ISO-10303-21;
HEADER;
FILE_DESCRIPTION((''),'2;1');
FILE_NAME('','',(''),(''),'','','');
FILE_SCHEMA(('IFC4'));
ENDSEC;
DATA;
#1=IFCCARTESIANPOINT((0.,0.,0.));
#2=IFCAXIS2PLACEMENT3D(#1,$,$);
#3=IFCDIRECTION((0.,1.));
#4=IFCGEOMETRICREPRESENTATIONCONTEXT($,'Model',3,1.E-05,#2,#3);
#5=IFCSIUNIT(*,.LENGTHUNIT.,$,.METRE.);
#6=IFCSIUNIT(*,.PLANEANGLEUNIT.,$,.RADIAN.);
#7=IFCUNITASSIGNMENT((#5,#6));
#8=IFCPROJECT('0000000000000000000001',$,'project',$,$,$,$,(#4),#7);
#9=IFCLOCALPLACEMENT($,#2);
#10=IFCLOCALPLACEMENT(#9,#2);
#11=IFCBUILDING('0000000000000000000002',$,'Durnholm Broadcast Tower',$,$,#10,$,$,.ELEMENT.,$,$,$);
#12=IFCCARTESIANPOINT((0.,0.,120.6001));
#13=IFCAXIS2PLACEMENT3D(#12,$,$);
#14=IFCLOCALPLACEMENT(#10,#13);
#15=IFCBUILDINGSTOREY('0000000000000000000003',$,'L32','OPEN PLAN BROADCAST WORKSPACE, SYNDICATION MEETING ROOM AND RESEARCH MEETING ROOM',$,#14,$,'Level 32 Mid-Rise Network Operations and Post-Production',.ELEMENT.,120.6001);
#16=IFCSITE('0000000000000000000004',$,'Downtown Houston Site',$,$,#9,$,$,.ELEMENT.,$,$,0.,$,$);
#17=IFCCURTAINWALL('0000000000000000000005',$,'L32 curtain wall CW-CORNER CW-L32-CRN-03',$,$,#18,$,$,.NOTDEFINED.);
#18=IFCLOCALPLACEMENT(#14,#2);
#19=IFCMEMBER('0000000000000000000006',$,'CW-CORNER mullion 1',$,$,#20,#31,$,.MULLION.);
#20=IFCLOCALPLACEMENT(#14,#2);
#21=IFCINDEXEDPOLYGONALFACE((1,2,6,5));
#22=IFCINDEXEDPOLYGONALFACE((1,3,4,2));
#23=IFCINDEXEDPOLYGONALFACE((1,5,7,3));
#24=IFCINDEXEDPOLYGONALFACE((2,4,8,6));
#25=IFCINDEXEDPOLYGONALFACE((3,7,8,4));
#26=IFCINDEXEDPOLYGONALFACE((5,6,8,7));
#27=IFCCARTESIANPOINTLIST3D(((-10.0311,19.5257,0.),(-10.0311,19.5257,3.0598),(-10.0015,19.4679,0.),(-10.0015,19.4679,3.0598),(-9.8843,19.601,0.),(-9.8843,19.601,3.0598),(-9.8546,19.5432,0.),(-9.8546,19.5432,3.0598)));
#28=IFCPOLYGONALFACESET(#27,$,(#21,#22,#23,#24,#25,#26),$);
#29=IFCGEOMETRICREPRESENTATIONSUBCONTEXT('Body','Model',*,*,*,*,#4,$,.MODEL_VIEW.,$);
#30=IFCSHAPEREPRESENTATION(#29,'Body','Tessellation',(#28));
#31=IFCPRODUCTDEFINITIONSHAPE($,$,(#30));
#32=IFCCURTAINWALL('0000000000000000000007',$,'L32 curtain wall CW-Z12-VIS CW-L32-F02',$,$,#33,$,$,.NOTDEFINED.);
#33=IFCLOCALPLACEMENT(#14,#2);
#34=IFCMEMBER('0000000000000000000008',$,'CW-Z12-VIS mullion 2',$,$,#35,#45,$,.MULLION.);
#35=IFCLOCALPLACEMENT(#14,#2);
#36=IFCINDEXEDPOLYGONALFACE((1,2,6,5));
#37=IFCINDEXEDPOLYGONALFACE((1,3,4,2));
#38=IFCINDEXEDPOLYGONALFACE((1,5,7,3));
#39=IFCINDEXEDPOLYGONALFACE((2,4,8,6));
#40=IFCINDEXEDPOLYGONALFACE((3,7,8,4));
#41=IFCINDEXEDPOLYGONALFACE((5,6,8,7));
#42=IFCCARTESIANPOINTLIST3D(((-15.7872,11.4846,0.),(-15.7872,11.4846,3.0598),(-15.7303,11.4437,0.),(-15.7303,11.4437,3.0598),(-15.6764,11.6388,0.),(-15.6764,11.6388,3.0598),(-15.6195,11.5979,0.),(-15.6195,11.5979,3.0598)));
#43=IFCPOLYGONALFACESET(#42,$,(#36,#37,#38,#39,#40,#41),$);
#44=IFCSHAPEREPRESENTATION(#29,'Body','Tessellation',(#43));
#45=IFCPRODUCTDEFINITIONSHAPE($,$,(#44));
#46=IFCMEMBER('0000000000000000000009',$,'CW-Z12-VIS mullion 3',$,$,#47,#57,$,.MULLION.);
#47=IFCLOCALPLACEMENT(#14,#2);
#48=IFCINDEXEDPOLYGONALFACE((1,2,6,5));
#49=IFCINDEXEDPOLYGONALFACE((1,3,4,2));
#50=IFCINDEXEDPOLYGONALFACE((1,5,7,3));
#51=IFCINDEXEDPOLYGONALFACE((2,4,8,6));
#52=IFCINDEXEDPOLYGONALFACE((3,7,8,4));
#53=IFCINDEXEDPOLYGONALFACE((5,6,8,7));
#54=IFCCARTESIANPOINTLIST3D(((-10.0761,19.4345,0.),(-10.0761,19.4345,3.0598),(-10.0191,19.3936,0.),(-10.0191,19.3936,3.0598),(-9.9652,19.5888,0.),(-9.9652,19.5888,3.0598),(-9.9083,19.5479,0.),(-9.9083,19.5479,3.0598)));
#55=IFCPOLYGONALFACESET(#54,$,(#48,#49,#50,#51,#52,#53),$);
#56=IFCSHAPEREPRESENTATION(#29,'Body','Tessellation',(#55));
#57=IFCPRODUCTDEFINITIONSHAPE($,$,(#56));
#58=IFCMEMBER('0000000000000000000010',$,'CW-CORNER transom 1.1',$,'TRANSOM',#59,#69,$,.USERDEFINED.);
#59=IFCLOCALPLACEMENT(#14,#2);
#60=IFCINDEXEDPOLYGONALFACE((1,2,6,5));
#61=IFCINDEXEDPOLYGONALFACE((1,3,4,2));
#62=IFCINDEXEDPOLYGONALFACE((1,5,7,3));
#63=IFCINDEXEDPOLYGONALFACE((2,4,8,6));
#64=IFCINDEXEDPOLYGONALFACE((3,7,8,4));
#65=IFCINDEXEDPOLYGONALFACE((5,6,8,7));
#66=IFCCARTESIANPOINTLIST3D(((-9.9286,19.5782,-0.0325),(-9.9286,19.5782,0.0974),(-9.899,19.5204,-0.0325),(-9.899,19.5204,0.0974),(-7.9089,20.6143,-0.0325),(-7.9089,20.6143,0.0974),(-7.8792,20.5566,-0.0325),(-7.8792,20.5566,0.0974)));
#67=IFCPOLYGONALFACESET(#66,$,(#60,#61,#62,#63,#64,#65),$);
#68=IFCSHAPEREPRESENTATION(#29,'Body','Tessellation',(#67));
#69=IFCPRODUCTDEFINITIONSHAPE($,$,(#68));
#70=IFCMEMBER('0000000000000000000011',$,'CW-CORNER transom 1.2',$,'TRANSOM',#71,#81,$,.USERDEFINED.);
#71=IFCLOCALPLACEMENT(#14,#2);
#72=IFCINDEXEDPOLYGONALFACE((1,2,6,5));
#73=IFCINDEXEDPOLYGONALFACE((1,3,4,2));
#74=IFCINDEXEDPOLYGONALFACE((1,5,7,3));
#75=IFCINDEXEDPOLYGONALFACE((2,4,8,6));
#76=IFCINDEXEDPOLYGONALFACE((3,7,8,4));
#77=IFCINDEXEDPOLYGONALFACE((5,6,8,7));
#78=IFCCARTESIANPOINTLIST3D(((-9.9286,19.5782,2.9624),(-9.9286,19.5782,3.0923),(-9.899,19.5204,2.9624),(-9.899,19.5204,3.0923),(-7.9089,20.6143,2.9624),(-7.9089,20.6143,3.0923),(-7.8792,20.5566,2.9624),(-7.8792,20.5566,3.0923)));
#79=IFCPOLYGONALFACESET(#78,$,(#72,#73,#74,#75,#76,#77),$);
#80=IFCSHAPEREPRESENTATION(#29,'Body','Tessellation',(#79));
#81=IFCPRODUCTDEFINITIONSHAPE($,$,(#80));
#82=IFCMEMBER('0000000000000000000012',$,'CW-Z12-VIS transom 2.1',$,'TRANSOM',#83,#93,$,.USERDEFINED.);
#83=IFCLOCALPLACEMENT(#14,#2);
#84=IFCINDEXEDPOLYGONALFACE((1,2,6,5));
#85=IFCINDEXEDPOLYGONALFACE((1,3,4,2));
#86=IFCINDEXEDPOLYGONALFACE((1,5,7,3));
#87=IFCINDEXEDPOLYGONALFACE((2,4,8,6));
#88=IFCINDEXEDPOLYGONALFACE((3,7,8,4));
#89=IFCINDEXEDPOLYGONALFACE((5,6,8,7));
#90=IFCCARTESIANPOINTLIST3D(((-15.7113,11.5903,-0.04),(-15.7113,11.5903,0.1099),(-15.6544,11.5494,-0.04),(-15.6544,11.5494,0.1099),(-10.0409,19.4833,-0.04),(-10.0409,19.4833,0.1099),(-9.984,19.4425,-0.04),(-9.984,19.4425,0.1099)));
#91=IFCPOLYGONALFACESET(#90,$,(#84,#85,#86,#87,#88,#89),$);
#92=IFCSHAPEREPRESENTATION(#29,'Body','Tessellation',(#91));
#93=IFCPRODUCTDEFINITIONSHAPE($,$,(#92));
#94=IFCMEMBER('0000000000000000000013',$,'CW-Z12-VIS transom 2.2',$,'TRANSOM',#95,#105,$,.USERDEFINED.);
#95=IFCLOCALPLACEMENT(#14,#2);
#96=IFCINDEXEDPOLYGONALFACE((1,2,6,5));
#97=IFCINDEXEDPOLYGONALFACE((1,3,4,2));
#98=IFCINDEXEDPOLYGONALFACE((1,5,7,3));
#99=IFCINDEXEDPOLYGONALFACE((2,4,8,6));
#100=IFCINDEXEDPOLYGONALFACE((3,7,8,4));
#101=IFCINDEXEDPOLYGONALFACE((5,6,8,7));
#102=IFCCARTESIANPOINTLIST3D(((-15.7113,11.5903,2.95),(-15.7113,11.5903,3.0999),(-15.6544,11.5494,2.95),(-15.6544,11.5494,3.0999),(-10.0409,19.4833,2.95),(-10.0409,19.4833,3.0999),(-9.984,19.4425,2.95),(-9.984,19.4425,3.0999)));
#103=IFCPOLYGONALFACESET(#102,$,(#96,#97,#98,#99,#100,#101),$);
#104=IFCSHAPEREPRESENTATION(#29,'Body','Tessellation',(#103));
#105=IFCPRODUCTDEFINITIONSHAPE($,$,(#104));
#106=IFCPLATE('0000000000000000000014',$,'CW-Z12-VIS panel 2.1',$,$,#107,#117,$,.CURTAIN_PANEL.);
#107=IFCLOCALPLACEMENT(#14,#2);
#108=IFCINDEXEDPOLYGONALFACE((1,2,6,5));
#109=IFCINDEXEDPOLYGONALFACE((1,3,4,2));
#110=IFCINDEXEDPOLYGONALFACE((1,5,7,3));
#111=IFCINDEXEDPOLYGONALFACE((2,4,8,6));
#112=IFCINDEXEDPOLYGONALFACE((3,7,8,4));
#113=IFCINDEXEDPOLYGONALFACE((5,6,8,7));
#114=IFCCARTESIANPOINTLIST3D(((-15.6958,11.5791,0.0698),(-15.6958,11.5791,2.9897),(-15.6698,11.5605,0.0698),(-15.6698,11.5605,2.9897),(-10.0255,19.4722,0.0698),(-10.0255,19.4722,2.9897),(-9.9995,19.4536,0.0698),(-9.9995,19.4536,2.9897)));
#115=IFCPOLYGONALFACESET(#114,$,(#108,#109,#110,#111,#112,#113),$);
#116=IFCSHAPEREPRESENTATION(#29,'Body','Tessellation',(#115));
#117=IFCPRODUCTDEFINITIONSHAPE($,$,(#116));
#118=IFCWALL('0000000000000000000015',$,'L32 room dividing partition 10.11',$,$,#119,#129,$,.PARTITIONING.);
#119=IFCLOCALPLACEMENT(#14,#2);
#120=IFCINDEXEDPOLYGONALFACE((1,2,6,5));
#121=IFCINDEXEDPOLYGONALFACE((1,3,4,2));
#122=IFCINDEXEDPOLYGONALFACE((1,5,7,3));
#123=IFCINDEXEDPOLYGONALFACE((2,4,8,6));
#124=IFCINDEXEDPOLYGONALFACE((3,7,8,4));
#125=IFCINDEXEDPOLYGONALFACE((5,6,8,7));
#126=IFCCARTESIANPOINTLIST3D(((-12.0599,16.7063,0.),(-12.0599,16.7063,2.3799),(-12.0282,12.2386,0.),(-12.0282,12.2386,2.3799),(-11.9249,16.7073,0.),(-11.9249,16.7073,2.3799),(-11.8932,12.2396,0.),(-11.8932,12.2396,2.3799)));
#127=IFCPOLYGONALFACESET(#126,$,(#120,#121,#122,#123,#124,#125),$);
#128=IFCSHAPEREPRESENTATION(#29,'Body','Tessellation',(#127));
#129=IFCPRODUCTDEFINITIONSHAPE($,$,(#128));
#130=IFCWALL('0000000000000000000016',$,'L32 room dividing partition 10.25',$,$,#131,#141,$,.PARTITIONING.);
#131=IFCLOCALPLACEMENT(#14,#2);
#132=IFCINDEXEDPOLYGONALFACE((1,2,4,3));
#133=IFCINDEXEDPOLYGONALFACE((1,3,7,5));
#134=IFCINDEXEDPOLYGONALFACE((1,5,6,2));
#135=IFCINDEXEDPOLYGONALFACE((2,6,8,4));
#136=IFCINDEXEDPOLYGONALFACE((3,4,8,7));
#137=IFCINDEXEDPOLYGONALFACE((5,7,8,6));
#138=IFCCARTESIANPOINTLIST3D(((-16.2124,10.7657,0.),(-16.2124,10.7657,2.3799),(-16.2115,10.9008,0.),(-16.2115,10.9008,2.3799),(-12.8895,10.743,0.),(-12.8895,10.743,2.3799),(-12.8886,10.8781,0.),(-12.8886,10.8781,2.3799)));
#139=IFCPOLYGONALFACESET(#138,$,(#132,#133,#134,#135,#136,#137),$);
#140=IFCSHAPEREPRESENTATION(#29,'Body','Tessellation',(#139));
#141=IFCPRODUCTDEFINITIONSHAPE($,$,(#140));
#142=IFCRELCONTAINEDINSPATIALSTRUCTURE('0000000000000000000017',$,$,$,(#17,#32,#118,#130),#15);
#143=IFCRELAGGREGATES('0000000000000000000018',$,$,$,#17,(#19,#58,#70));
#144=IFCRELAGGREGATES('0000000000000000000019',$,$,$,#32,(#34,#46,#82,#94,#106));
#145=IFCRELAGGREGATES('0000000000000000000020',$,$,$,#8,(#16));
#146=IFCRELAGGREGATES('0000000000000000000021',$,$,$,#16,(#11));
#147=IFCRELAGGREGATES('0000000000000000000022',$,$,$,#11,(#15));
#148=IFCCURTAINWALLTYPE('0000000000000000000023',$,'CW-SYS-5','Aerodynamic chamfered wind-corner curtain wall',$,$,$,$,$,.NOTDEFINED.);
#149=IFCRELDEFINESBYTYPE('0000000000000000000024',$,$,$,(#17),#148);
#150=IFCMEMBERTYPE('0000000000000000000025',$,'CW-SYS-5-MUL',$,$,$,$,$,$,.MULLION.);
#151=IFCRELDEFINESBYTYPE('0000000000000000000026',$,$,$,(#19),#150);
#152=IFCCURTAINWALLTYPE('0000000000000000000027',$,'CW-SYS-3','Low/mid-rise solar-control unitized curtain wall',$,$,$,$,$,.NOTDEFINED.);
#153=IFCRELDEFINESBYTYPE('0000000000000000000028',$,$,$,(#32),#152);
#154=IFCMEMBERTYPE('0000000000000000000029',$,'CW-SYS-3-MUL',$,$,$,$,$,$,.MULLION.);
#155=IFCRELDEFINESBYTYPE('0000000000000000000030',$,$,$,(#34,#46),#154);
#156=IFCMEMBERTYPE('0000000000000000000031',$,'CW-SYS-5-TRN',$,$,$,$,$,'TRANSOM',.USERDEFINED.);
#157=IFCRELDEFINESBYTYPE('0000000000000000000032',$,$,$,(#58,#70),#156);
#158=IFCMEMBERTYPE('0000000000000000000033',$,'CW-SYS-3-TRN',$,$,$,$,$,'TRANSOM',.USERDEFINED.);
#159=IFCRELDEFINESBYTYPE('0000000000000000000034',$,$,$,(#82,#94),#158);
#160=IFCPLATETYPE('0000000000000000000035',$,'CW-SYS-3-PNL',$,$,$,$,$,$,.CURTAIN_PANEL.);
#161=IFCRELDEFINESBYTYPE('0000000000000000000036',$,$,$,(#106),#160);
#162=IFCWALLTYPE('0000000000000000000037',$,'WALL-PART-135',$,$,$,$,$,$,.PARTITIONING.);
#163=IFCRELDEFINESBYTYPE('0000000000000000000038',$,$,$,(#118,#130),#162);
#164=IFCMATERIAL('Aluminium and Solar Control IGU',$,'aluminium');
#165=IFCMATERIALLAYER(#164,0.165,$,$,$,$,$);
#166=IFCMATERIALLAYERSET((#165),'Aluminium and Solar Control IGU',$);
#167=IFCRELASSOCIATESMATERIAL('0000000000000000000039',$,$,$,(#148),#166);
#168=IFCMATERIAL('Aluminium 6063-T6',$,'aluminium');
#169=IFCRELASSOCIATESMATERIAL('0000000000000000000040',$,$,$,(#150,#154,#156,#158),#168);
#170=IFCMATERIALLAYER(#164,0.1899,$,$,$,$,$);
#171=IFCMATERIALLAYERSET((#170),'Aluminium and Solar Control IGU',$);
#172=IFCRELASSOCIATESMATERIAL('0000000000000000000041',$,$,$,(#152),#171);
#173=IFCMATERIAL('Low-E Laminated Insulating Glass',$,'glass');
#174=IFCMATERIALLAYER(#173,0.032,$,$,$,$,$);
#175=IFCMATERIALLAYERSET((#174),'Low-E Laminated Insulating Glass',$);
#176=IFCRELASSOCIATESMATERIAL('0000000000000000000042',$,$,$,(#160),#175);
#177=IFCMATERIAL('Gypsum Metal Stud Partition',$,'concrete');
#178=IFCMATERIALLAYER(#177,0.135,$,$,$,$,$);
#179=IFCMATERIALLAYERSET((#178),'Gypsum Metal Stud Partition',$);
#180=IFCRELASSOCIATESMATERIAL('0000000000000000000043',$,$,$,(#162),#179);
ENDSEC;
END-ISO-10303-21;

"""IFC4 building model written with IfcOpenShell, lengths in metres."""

from ifc_helpers import new_model, si_unit, direction, frame, frame_2d, origin, origin_2d, place, context, subcontext, project, spatial, rectangle, extrude, source, transform, mapped, material, layer, layer_set, material_profile, profile_set, type_object, type_shapes, element, aggregate, save


model = new_model("IFC4")

# Units and contexts
model_context = context("Model", 3, precision=1e-05, world=origin(), true_north=direction((0.0, 1.0)))
body_context = subcontext(model_context, "Body", "Model", "MODEL_VIEW")
ifc_project = project(units=[si_unit("LENGTHUNIT", "METRE"), si_unit("PLANEANGLEUNIT", "RADIAN")], contexts=[model_context])

# Site, building, storey
site_placement = place(None, origin())
site = spatial("IfcSite", under=ifc_project, at=site_placement, Name="Downtown Houston Site", CompositionType="ELEMENT", RefElevation=0.0)
building_placement = place(site_placement, origin())
building = spatial("IfcBuilding", under=site, at=building_placement, Name="Durnholm Broadcast Tower", CompositionType="ELEMENT")
storey_placement = place(building_placement, frame((0.0, 0.0, 120.6001)))
storey = spatial("IfcBuildingStorey", under=building, at=storey_placement, Name="L32", Description="OPEN PLAN BROADCAST WORKSPACE, SYNDICATION MEETING ROOM AND RESEARCH MEETING ROOM", LongName="Level 32 Mid-Rise Network Operations and Post-Production", CompositionType="ELEMENT", Elevation=120.6001)

# Curtain wall, member
ifc_material_1 = material(Name="Aluminium and Solar Control IGU", Category="aluminium")
ifc_layer_1 = layer(ifc_material_1, 0.165)
ifc_layer_set_1 = layer_set([ifc_layer_1], Name="Aluminium and Solar Control IGU")
curtain_wall_type_1 = type_object("IfcCurtainWallType", Name="CW-SYS-5", Description="Aerodynamic chamfered wind-corner curtain wall", PredefinedType="NOTDEFINED", material=ifc_layer_set_1)
curtain_wall_1_placement = place(storey_placement, origin())
curtain_wall_1 = element("IfcCurtainWall", 1, at=curtain_wall_1_placement, inside=storey, type_object=curtain_wall_type_1, Name="L32 curtain wall CW-CORNER CW-L32-CRN-03", PredefinedType="NOTDEFINED")
ifc_material_2 = material(Name="Aluminium 6063-T6", Category="aluminium")
ifc_material_profile_1 = material_profile(ifc_material_2, rectangle(XDim=0.0649, YDim=0.165, at=origin_2d()), Name="CWM65X165")
ifc_profile_set_1 = profile_set([ifc_material_profile_1], Name="Aluminium 6063-T6")
member_type_1 = type_object("IfcMemberType", Name="CW-SYS-5-MUL", PredefinedType="MULLION", material=ifc_profile_set_1)
shared_shape_1 = source(origin(), body_context, "Body", "SweptSolid", [
    extrude(rectangle(XDim=0.0649, YDim=0.165, at=origin_2d()), origin(), (0.0, 0.0, 1.0), 3.0598),
])
type_shapes(member_type_1, [shared_shape_1])
member_1_placement = place(storey_placement, frame((-9.9429, 19.5344, 0.0), z_axis=(0.0, 0.0, 1.0), x_axis=(-0.456373, 0.889788, 0.0)))
member_1 = element("IfcMember", 2, at=member_1_placement, type_object=member_type_1, Name="CW-CORNER mullion 1", PredefinedType="MULLION", context=body_context, shape_type="MappedRepresentation", body=[
    mapped(shared_shape_1, transform((0.0, 0.0, 0.0), x_axis=(1.0, 0.0, 0.0), y_axis=(0.0, 1.0, 0.0), z_axis=(0.0, 0.0, 1.0), scale=1.0)),
])

# Curtain wall, members
ifc_layer_2 = layer(ifc_material_1, 0.1899)
ifc_layer_set_2 = layer_set([ifc_layer_2], Name="Aluminium and Solar Control IGU")
curtain_wall_type_2 = type_object("IfcCurtainWallType", Name="CW-SYS-3", Description="Low/mid-rise solar-control unitized curtain wall", PredefinedType="NOTDEFINED", material=ifc_layer_set_2)
curtain_wall_2_placement = place(storey_placement, origin())
curtain_wall_2 = element("IfcCurtainWall", 3, at=curtain_wall_2_placement, inside=storey, type_object=curtain_wall_type_2, Name="L32 curtain wall CW-Z12-VIS CW-L32-F02", PredefinedType="NOTDEFINED")
ifc_material_profile_2 = material_profile(ifc_material_2, rectangle(XDim=0.0701, YDim=0.1899, at=origin_2d()), Name="CWM70X190")
ifc_profile_set_2 = profile_set([ifc_material_profile_2], Name="Aluminium 6063-T6")
member_type_2 = type_object("IfcMemberType", Name="CW-SYS-3-MUL", PredefinedType="MULLION", material=ifc_profile_set_2)
shared_shape_2 = source(origin(), body_context, "Body", "SweptSolid", [
    extrude(rectangle(XDim=0.0701, YDim=0.1899, at=origin_2d()), origin(), (0.0, 0.0, 1.0), 3.0598),
])
type_shapes(member_type_2, [shared_shape_2])
member_2_placement = place(storey_placement, frame((-15.7034, 11.5413, 0.0), z_axis=(0.0, 0.0, 1.0), x_axis=(-0.812152, 0.583445, 0.0)))
member_2 = element("IfcMember", 4, at=member_2_placement, type_object=member_type_2, Name="CW-Z12-VIS mullion 2", PredefinedType="MULLION", context=body_context, shape_type="MappedRepresentation", body=[
    mapped(shared_shape_2, transform((0.0, 0.0, 0.0), x_axis=(1.0, 0.0, 0.0), y_axis=(0.0, 1.0, 0.0), z_axis=(0.0, 0.0, 1.0), scale=1.0)),
])
member_3_placement = place(storey_placement, frame((-9.9922, 19.4912, 0.0), z_axis=(0.0, 0.0, 1.0), x_axis=(-0.812152, 0.583445, 0.0)))
member_3 = element("IfcMember", 5, at=member_3_placement, type_object=member_type_2, Name="CW-Z12-VIS mullion 3", PredefinedType="MULLION", context=body_context, shape_type="MappedRepresentation", body=[
    mapped(shared_shape_2, transform((0.0, 0.0, 0.0), x_axis=(1.0, 0.0, 0.0), y_axis=(0.0, 1.0, 0.0), z_axis=(0.0, 0.0, 1.0), scale=1.0)),
])

# Members
ifc_material_profile_3 = material_profile(ifc_material_2, rectangle(XDim=0.0649, YDim=0.1299, at=origin_2d()), Name="CWT65X130")
ifc_profile_set_3 = profile_set([ifc_material_profile_3], Name="Aluminium 6063-T6")
member_type_3 = type_object("IfcMemberType", Name="CW-SYS-5-TRN", ElementType="TRANSOM", PredefinedType="USERDEFINED", material=ifc_profile_set_3)
shared_shape_3 = source(origin(), body_context, "Body", "SweptSolid", [
    extrude(rectangle(XDim=0.0649, YDim=0.1299, at=origin_2d()), origin(), (0.0, 0.0, 1.0), 2.27),
])
type_shapes(member_type_3, [shared_shape_3])
member_4_placement = place(storey_placement, frame((-9.9138, 19.5493, 0.0325), z_axis=(0.889755, 0.456439, 0.0), x_axis=(-0.456439, 0.889755, 0.0)))
member_4 = element("IfcMember", 6, at=member_4_placement, type_object=member_type_3, Name="CW-CORNER transom 1.1", ObjectType="TRANSOM", PredefinedType="USERDEFINED", context=body_context, shape_type="MappedRepresentation", body=[
    mapped(shared_shape_3, transform((0.0, 0.0, 0.0), x_axis=(1.0, 0.0, 0.0), y_axis=(0.0, 1.0, 0.0), z_axis=(0.0, 0.0, 1.0), scale=1.0)),
])
member_5_placement = place(storey_placement, frame((-9.9138, 19.5493, 3.0273), z_axis=(0.889755, 0.456439, 0.0), x_axis=(-0.456439, 0.889755, 0.0)))
member_5 = element("IfcMember", 7, at=member_5_placement, type_object=member_type_3, Name="CW-CORNER transom 1.2", ObjectType="TRANSOM", PredefinedType="USERDEFINED", context=body_context, shape_type="MappedRepresentation", body=[
    mapped(shared_shape_3, transform((0.0, 0.0, 0.0), x_axis=(1.0, 0.0, 0.0), y_axis=(0.0, 1.0, 0.0), z_axis=(0.0, 0.0, 1.0), scale=1.0)),
])
aggregate(curtain_wall_1, [member_1, member_4, member_5])
ifc_material_profile_4 = material_profile(ifc_material_2, rectangle(XDim=0.0701, YDim=0.1499, at=origin_2d()), Name="CWT70X150")
ifc_profile_set_4 = profile_set([ifc_material_profile_4], Name="Aluminium 6063-T6")
member_type_4 = type_object("IfcMemberType", Name="CW-SYS-3-TRN", ElementType="TRANSOM", PredefinedType="USERDEFINED", material=ifc_profile_set_4)
shared_shape_4 = source(origin(), body_context, "Body", "SweptSolid", [
    extrude(rectangle(XDim=0.0701, YDim=0.1499, at=origin_2d()), origin(), (0.0, 0.0, 1.0), 9.7188),
])
type_shapes(member_type_4, [shared_shape_4])
member_6_placement = place(storey_placement, frame((-15.6829, 11.5698, 0.0349), z_axis=(0.583451, 0.812149, 0.0), x_axis=(-0.812149, 0.583451, 0.0)))
member_6 = element("IfcMember", 8, at=member_6_placement, type_object=member_type_4, Name="CW-Z12-VIS transom 2.1", ObjectType="TRANSOM", PredefinedType="USERDEFINED", context=body_context, shape_type="MappedRepresentation", body=[
    mapped(shared_shape_4, transform((0.0, 0.0, 0.0), x_axis=(1.0, 0.0, 0.0), y_axis=(0.0, 1.0, 0.0), z_axis=(0.0, 0.0, 1.0), scale=1.0)),
])
member_7_placement = place(storey_placement, frame((-15.6829, 11.5698, 3.0249), z_axis=(0.583451, 0.812149, 0.0), x_axis=(-0.812149, 0.583451, 0.0)))
member_7 = element("IfcMember", 9, at=member_7_placement, type_object=member_type_4, Name="CW-Z12-VIS transom 2.2", ObjectType="TRANSOM", PredefinedType="USERDEFINED", context=body_context, shape_type="MappedRepresentation", body=[
    mapped(shared_shape_4, transform((0.0, 0.0, 0.0), x_axis=(1.0, 0.0, 0.0), y_axis=(0.0, 1.0, 0.0), z_axis=(0.0, 0.0, 1.0), scale=1.0)),
])

# Plate
ifc_material_3 = material(Name="Low-E Laminated Insulating Glass", Category="glass")
ifc_layer_3 = layer(ifc_material_3, 0.032)
ifc_layer_set_3 = layer_set([ifc_layer_3], Name="Low-E Laminated Insulating Glass")
plate_type = type_object("IfcPlateType", Name="CW-SYS-3-PNL", PredefinedType="CURTAIN_PANEL", material=ifc_layer_set_3)
shared_shape_5 = source(origin(), body_context, "Body", "SweptSolid", [
    extrude(rectangle(XDim=9.7188, YDim=0.032, at=origin_2d()), origin(), (0.0, 0.0, 1.0), 2.9199),
])
type_shapes(plate_type, [shared_shape_5])
plate_placement = place(storey_placement, frame((-12.8477, 15.5164, 0.0698), z_axis=(0.0, 0.0, 1.0), x_axis=(0.583445, 0.812152, 0.0)))
plate = element("IfcPlate", 10, at=plate_placement, type_object=plate_type, Name="CW-Z12-VIS panel 2.1", PredefinedType="CURTAIN_PANEL", context=body_context, shape_type="MappedRepresentation", body=[
    mapped(shared_shape_5, transform((0.0, 0.0, 0.0), x_axis=(1.0, 0.0, 0.0), y_axis=(0.0, 1.0, 0.0), z_axis=(0.0, 0.0, 1.0), scale=1.0)),
])
aggregate(curtain_wall_2, [member_2, member_3, member_6, member_7, plate])

# Walls
ifc_material_4 = material(Name="Gypsum Metal Stud Partition", Category="concrete")
ifc_layer_4 = layer(ifc_material_4, 0.135)
ifc_layer_set_4 = layer_set([ifc_layer_4], Name="Gypsum Metal Stud Partition")
wall_type_1 = type_object("IfcWallType", Name="WALL-PART-135", PredefinedType="PARTITIONING", material=ifc_layer_set_4)
wall_1_placement = place(storey_placement, frame((-11.9924, 16.7068, 0.0), z_axis=(0.0, 0.0, 1.0), x_axis=(0.007104, -0.999975, 0.0)))
element("IfcWall", 11, at=wall_1_placement, inside=storey, type_object=wall_type_1, Name="L32 room dividing partition 10.11", PredefinedType="PARTITIONING", context=body_context, shape_type="SweptSolid", body=[
    extrude(rectangle(XDim=4.4678, YDim=0.135, at=frame_2d((2.2339, 0.0))), origin(), (0.0, 0.0, 1.0), 2.3799),
])
wall_2_placement = place(storey_placement, frame((-12.8889, 10.8105, 0.0), z_axis=(0.0, 0.0, 1.0), x_axis=(-0.999977, 0.006833, 0.0)))
element("IfcWall", 12, at=wall_2_placement, inside=storey, type_object=wall_type_1, Name="L32 room dividing partition 10.25", PredefinedType="PARTITIONING", context=body_context, shape_type="SweptSolid", body=[
    extrude(rectangle(XDim=3.323, YDim=0.135, at=frame_2d((1.6616, 0.0))), origin(), (0.0, 0.0, 1.0), 2.3799),
])

save(model, "model.ifc")
